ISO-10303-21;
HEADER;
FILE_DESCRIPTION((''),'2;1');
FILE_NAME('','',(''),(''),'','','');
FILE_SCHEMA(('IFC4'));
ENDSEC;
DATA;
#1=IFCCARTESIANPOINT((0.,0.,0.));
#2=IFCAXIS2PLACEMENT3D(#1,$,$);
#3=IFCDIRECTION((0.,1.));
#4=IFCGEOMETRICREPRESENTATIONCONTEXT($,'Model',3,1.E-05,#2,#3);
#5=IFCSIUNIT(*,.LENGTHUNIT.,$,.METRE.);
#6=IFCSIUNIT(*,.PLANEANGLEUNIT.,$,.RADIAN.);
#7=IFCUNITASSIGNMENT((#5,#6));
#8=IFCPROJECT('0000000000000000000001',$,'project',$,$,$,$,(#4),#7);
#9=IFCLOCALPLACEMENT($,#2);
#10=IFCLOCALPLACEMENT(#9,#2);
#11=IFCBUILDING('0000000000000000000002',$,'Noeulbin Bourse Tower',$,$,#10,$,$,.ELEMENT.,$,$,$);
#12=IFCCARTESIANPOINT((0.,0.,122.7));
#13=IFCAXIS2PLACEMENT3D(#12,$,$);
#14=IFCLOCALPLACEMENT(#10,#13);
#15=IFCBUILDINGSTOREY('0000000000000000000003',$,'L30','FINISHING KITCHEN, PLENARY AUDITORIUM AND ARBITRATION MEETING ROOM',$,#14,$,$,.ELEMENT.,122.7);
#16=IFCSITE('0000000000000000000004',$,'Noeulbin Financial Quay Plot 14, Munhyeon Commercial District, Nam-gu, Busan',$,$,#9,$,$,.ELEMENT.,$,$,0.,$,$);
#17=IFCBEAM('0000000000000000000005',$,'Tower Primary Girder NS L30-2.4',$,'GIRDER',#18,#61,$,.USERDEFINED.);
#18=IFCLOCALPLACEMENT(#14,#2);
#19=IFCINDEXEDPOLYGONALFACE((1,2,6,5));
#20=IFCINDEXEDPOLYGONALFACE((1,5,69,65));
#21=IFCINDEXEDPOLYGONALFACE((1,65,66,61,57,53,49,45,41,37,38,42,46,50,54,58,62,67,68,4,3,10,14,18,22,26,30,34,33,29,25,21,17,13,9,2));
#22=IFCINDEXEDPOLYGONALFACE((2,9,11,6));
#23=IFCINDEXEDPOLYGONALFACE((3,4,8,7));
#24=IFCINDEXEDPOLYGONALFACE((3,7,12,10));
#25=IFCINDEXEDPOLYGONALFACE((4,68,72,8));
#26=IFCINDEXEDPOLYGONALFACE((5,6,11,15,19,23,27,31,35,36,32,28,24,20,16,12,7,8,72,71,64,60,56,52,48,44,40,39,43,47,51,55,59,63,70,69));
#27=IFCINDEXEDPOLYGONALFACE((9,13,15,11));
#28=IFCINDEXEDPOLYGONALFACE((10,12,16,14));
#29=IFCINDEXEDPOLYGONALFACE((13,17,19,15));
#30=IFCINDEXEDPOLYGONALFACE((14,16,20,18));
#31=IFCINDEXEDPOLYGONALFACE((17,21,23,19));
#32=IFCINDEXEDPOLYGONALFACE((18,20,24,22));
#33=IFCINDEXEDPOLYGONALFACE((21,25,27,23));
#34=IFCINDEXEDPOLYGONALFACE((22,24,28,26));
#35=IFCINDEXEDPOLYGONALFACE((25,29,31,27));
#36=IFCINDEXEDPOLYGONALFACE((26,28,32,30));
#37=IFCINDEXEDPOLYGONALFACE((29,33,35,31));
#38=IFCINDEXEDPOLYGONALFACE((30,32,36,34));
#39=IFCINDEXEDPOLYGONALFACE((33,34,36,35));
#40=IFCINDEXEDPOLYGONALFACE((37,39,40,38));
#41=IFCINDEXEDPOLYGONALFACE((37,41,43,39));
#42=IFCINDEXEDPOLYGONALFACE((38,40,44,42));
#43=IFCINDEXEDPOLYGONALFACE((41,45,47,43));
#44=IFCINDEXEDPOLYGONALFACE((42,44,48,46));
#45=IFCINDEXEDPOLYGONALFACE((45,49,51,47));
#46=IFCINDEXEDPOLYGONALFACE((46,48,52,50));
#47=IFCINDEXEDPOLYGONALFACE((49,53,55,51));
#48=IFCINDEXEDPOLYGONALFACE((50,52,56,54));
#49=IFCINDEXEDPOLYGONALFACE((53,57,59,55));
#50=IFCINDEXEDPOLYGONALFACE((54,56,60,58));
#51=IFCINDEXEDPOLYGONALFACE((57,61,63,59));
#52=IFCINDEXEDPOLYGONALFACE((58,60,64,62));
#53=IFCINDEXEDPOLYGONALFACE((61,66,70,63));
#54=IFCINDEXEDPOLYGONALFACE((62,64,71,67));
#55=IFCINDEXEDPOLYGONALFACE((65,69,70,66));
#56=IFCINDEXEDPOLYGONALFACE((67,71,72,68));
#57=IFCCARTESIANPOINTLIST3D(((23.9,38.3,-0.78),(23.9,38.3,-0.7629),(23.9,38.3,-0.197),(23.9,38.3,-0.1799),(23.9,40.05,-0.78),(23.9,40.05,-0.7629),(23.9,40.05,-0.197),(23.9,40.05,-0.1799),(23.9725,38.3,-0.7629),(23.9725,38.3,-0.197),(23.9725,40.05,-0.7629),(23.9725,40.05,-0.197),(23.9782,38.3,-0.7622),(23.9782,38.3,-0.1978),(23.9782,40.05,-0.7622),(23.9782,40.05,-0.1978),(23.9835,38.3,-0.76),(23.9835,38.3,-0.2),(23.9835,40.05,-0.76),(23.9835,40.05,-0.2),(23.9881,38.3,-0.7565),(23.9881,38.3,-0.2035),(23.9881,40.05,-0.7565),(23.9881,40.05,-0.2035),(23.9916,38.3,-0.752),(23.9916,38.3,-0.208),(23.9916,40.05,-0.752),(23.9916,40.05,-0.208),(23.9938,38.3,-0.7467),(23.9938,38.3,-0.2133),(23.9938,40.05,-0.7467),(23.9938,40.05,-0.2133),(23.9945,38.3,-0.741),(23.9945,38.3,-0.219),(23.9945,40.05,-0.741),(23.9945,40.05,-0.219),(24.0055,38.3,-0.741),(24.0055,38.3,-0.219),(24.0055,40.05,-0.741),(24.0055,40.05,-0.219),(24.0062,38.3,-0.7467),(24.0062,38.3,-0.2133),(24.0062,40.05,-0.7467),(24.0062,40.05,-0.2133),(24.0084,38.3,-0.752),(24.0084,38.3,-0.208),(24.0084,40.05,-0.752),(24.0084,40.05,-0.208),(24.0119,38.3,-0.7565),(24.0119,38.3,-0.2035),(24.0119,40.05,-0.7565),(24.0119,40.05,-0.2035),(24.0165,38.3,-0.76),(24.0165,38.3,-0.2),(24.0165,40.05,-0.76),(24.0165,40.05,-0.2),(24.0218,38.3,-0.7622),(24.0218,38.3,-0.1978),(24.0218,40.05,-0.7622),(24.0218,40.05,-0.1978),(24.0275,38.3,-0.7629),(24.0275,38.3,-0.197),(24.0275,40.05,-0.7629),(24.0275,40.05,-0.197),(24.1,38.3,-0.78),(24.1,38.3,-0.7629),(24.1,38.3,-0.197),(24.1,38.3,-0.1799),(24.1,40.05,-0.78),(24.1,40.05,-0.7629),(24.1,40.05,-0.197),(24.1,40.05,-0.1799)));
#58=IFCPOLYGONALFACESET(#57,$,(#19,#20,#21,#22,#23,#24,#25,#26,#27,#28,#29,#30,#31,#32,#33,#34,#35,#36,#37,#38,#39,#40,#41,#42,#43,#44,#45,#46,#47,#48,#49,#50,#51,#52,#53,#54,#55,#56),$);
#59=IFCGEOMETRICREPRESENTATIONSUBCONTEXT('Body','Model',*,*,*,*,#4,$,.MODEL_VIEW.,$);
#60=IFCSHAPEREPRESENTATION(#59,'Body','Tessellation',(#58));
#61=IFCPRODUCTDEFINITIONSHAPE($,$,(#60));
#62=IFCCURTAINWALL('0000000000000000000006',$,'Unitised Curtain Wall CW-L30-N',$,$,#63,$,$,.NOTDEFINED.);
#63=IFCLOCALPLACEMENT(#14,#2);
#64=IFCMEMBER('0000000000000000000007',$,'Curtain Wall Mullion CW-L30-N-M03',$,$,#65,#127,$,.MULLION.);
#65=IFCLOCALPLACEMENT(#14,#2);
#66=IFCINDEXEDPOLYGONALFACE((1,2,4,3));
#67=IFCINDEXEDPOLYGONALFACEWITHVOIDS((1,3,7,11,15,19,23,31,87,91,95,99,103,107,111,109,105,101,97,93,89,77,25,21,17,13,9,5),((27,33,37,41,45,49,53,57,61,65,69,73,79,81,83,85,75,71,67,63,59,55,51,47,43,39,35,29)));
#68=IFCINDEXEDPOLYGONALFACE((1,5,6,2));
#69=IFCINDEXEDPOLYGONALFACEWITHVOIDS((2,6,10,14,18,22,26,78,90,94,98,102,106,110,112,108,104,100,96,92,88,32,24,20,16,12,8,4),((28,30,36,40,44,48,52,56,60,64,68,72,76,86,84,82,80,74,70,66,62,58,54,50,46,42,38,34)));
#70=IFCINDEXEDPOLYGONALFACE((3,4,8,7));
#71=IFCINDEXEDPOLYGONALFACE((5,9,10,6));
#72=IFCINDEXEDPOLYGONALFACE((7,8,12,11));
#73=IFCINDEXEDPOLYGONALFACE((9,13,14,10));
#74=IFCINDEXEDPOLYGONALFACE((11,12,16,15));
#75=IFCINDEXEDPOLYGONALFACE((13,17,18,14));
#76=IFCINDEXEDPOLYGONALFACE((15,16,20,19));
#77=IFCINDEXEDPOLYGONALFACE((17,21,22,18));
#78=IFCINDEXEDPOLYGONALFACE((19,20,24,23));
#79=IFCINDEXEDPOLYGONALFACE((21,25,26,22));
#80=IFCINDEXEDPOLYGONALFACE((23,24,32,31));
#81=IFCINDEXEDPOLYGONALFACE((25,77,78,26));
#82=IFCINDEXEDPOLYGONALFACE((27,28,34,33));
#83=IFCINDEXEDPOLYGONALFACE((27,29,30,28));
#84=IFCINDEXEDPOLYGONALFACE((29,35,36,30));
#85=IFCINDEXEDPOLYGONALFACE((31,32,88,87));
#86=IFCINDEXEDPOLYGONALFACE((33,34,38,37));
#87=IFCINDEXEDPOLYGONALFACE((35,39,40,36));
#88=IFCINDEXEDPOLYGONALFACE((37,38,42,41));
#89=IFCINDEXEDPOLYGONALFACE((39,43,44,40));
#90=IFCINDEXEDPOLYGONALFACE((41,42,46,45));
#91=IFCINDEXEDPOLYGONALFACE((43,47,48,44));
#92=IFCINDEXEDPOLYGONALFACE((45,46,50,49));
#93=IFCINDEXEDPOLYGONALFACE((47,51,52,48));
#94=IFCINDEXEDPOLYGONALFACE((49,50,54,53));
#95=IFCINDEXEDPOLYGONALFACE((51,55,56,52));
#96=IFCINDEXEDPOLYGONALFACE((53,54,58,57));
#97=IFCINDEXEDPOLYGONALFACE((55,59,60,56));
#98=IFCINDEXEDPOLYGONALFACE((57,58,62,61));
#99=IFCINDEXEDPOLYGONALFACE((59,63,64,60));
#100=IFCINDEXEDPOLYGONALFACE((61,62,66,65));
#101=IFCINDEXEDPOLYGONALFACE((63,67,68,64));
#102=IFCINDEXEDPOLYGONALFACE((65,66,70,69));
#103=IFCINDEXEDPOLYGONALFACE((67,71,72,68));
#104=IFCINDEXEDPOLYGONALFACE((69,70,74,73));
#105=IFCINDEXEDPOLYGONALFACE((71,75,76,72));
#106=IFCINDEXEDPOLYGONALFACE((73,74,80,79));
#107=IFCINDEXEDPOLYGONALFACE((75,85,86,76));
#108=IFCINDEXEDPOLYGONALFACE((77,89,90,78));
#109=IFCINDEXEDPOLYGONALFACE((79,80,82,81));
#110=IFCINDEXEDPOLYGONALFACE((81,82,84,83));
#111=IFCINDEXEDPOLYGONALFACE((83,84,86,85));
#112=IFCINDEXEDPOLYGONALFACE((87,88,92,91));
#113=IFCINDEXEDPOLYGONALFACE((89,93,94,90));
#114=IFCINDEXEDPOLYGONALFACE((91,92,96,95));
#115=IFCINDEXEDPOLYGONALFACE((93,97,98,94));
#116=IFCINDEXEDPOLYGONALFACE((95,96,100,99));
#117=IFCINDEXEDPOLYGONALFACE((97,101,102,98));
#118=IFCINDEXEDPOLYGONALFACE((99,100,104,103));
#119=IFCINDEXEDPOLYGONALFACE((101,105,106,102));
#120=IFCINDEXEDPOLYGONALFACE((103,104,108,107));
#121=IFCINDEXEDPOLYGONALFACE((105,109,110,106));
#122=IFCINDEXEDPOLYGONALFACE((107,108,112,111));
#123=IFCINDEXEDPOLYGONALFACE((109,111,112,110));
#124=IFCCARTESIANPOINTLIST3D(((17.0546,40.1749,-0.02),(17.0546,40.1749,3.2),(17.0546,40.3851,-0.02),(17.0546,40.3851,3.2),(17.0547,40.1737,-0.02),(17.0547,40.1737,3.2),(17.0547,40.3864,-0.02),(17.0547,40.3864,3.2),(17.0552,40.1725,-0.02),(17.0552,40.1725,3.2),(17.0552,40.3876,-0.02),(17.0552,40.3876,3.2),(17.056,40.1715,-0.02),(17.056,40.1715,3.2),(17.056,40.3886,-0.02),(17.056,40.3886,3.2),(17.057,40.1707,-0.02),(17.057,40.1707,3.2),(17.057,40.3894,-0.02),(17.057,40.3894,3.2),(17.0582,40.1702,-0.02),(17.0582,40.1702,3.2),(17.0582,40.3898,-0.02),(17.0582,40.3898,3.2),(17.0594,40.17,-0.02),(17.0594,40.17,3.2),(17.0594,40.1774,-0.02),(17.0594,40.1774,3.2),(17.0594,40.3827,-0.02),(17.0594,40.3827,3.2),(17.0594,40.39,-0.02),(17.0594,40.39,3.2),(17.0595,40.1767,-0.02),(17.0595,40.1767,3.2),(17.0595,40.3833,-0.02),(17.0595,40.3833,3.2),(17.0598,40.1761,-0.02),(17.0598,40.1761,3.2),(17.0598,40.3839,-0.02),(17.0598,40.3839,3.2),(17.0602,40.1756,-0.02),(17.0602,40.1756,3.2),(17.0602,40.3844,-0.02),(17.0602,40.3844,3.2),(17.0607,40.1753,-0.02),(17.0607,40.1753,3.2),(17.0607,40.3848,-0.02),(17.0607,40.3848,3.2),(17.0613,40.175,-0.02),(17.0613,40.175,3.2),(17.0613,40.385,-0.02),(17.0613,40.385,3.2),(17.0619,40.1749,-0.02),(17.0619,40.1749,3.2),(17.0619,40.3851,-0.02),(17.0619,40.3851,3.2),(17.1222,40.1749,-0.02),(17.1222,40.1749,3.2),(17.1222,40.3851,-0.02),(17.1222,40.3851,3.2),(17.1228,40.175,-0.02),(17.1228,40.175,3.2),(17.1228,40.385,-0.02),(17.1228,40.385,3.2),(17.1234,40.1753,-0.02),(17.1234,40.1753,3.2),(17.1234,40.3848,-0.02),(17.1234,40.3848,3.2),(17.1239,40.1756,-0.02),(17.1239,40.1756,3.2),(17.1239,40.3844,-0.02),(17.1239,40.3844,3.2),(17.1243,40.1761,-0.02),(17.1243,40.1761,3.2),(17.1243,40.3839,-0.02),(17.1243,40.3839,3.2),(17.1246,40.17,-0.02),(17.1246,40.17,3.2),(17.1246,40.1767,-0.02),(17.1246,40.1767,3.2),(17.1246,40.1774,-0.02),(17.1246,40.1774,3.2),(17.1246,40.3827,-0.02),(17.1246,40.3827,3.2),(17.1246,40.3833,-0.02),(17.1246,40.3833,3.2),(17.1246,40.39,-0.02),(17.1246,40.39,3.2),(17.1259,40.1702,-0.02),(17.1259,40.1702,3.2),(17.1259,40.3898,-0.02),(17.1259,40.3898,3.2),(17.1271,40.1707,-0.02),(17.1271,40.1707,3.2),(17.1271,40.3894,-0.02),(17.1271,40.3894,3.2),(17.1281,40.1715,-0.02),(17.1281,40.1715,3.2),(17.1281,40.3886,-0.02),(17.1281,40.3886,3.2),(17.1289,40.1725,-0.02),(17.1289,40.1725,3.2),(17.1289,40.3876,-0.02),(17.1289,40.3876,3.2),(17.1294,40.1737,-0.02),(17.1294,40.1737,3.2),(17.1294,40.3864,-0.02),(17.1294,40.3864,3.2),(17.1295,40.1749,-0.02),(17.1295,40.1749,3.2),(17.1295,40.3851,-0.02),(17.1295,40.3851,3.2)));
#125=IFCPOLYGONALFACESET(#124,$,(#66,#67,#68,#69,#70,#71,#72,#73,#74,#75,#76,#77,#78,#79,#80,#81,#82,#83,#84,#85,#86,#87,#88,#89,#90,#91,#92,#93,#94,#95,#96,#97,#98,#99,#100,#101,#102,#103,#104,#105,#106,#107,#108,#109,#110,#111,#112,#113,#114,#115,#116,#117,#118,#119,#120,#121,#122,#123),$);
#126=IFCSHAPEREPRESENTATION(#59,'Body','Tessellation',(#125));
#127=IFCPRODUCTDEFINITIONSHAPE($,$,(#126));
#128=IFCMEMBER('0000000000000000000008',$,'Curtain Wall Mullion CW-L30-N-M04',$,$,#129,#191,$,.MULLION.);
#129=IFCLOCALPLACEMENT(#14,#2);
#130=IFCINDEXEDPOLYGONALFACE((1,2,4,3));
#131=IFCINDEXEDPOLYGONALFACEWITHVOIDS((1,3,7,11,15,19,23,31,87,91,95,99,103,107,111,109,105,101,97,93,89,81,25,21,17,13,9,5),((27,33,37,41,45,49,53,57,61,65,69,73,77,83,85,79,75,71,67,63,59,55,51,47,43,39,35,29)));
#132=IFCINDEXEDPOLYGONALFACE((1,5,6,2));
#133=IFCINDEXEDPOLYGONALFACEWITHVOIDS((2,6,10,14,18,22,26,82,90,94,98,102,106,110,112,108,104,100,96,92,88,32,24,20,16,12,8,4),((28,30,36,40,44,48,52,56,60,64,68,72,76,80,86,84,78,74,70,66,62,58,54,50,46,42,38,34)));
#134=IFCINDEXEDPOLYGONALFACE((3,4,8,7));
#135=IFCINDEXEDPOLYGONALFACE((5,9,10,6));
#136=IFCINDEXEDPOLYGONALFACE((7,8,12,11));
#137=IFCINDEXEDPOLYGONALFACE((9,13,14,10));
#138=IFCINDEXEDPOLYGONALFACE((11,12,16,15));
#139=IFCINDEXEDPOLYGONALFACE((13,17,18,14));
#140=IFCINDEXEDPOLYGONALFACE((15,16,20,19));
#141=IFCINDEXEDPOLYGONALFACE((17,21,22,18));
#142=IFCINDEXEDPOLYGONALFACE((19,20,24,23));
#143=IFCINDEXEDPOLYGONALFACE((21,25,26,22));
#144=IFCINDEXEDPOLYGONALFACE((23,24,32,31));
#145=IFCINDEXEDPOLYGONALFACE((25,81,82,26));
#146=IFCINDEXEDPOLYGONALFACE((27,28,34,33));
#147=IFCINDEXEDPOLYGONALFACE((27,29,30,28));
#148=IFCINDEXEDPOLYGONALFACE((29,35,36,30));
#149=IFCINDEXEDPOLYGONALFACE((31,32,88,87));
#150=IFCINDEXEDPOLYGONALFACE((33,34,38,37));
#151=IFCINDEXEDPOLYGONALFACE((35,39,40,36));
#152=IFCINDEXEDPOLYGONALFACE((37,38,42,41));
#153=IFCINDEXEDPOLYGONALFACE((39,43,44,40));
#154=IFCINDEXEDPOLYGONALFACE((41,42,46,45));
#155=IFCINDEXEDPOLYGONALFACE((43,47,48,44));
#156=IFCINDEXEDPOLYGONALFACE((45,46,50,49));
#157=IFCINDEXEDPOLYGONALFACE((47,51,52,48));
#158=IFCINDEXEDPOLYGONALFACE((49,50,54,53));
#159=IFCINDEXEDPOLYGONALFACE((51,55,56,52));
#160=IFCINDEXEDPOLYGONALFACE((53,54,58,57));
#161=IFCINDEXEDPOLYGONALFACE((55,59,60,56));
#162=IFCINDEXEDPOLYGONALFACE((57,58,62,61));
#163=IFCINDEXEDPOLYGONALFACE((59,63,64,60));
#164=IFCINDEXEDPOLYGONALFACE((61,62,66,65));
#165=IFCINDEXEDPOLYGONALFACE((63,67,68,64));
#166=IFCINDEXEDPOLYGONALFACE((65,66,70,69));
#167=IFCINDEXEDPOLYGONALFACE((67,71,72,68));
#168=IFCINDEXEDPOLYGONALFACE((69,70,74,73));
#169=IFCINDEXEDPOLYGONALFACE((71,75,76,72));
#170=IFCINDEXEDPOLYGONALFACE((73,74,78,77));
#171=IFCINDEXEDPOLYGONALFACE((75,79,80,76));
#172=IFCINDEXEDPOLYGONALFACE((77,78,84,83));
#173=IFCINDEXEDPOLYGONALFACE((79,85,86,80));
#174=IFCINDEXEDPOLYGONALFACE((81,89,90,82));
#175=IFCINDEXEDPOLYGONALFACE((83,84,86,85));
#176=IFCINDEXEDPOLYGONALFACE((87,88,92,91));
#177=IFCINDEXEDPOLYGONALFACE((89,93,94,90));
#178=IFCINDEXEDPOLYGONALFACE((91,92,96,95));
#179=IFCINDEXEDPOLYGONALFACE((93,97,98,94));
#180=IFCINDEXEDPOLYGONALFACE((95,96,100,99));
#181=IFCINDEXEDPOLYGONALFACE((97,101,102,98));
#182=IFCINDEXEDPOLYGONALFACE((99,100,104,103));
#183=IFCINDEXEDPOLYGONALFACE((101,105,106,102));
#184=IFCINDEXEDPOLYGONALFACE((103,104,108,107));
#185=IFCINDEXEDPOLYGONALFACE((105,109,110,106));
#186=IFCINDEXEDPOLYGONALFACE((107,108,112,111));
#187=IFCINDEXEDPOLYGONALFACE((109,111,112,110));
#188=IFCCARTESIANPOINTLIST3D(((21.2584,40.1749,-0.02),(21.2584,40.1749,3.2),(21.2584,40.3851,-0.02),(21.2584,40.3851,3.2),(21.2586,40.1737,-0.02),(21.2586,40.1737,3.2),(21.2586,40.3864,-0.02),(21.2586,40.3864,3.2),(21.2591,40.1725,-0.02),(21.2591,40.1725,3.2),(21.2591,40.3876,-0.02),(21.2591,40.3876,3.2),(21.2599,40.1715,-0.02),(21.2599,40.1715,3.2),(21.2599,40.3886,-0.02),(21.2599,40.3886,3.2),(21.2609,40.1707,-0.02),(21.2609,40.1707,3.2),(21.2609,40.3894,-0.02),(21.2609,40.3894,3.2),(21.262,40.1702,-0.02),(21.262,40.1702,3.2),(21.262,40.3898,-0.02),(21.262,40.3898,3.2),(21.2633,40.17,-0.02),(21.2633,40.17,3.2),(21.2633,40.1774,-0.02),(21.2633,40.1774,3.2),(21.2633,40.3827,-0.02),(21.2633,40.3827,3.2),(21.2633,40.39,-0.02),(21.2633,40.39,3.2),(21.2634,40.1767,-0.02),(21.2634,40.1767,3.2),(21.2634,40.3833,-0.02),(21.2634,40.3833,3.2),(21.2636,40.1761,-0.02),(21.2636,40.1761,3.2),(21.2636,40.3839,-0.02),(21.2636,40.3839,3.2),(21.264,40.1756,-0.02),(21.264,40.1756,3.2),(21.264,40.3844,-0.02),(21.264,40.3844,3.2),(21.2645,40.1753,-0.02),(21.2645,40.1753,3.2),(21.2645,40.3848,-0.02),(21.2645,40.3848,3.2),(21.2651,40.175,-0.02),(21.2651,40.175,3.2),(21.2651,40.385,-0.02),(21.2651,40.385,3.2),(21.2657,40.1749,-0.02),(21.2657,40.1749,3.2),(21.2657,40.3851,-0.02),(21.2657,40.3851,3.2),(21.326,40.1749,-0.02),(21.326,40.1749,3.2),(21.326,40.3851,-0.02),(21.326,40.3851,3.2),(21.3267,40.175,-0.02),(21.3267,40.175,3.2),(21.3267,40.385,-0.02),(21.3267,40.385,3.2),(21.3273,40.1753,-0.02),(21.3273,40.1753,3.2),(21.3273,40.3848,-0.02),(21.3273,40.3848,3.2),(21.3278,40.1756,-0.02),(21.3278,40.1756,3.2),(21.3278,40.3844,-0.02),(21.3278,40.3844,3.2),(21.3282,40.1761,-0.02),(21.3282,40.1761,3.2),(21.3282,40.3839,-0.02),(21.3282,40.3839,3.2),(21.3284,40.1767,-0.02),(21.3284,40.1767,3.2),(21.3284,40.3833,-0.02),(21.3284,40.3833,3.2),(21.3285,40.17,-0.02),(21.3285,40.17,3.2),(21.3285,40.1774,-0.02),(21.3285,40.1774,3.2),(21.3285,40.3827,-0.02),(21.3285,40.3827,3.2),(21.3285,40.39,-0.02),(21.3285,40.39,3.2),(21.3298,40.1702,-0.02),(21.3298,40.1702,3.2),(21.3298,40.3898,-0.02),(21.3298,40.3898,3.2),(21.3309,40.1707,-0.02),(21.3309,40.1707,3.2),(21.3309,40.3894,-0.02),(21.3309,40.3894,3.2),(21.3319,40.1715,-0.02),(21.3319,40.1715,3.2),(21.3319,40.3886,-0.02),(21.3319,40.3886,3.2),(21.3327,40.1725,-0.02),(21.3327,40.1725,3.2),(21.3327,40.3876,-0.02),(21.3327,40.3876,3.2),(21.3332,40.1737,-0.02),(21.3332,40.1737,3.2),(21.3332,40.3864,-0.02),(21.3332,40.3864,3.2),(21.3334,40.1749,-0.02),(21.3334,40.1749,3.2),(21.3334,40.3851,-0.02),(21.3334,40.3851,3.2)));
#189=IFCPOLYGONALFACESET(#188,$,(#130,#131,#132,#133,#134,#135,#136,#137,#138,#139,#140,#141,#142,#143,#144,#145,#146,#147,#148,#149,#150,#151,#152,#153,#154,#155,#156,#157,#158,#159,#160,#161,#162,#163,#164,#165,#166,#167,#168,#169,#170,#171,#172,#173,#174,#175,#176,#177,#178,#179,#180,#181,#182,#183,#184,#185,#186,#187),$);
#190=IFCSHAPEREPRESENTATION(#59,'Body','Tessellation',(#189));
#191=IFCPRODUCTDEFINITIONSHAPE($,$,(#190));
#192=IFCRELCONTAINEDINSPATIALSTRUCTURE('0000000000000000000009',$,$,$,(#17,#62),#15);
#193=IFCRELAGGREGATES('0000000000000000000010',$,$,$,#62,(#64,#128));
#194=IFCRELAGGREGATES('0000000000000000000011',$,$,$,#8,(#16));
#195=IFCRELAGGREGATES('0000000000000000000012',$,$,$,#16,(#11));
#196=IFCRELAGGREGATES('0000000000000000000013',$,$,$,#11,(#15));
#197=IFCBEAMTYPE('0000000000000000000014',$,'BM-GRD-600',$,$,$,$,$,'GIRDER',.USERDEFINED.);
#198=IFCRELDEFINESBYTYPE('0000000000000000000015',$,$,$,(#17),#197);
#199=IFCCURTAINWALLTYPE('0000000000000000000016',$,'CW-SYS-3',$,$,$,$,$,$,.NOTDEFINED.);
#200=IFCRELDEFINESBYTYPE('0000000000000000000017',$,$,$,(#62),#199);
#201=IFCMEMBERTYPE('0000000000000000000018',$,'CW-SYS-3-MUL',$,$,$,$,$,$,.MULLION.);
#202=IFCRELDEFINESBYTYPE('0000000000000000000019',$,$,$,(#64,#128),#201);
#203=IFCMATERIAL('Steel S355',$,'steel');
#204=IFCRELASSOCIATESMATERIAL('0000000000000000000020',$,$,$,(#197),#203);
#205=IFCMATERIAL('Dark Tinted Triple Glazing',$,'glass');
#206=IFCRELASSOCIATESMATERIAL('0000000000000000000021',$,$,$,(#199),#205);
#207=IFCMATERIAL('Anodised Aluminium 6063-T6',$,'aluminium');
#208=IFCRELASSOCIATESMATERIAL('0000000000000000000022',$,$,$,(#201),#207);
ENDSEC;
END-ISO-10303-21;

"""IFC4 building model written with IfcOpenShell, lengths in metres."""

from ifc_helpers import new_model, si_unit, direction, frame, origin, origin_2d, place, context, subcontext, project, spatial, hollow_rectangle, i_section, extrude, material, material_profile, profile_set, type_object, element, aggregate, save


model = new_model("IFC4")

# Units and contexts
model_context = context("Model", 3, precision=1e-05, world=origin(), true_north=direction((0.0, 1.0)))
body_context = subcontext(model_context, "Body", "Model", "MODEL_VIEW")
ifc_project = project(units=[si_unit("LENGTHUNIT", "METRE"), si_unit("PLANEANGLEUNIT", "RADIAN")], contexts=[model_context])

# Site, building, storey
site_placement = place(None, origin())
site = spatial("IfcSite", under=ifc_project, at=site_placement, Name="Noeulbin Financial Quay Plot 14, Munhyeon Commercial District, Nam-gu, Busan", CompositionType="ELEMENT", RefElevation=0.0)
building_placement = place(site_placement, origin())
building = spatial("IfcBuilding", under=site, at=building_placement, Name="Noeulbin Bourse Tower", CompositionType="ELEMENT")
storey_placement = place(building_placement, frame((0.0, 0.0, 122.7)))
storey = spatial("IfcBuildingStorey", under=building, at=storey_placement, Name="L30", Description="FINISHING KITCHEN, PLENARY AUDITORIUM AND ARBITRATION MEETING ROOM", CompositionType="ELEMENT", Elevation=122.7)

# Beam
ifc_material_1 = material(Name="Steel S355", Category="steel")
ifc_material_profile_1 = material_profile(ifc_material_1, i_section(OverallWidth=0.2, OverallDepth=0.6001, WebThickness=0.011, FlangeThickness=0.0171, FilletRadius=0.022, at=origin_2d()), Name="H-600x200x11x17", Category="LoadBearing")
ifc_profile_set_1 = profile_set([ifc_material_profile_1], Name="Steel S355")
beam_type = type_object("IfcBeamType", Name="BM-GRD-600", ElementType="GIRDER", PredefinedType="USERDEFINED", material=ifc_profile_set_1)
for number, where, z_axis, x_axis, name in (
    (1, (24.0, 38.3, -0.48), (0.0, 1.0, 0.0), (-1.0, 0.0, 0.0), "Tower Primary Girder NS L30-2.4"),
):
    element("IfcBeam", number, at=place(storey_placement, frame(where, z_axis=z_axis, x_axis=x_axis)), inside=storey, type_object=beam_type, Name=name, ObjectType="GIRDER", PredefinedType="USERDEFINED", context=body_context, shape_type="SweptSolid", body=[
        extrude(i_section(OverallWidth=0.2, OverallDepth=0.6001, WebThickness=0.011, FlangeThickness=0.0171, FilletRadius=0.022, at=origin_2d()), origin(), (0.0, 0.0, 1.0), 1.75),
    ])

# Curtain wall, members
ifc_material_2 = material(Name="Dark Tinted Triple Glazing", Category="glass")
curtain_wall_type = type_object("IfcCurtainWallType", Name="CW-SYS-3", PredefinedType="NOTDEFINED", material=ifc_material_2)
curtain_wall_placement = place(storey_placement, origin())
curtain_wall = element("IfcCurtainWall", 2, at=curtain_wall_placement, inside=storey, type_object=curtain_wall_type, Name="Unitised Curtain Wall CW-L30-N", PredefinedType="NOTDEFINED")
ifc_material_3 = material(Name="Anodised Aluminium 6063-T6", Category="aluminium")
ifc_material_profile_2 = material_profile(ifc_material_3, hollow_rectangle(XDim=0.075, YDim=0.22, WallThickness=0.0049, InnerFilletRadius=0.0024, OuterFilletRadius=0.0049, at=origin_2d()), Name="ALU-MULL-75x220x5", Category="LoadBearing")
ifc_profile_set_2 = profile_set([ifc_material_profile_2], Name="Anodised Aluminium 6063-T6")
member_type = type_object("IfcMemberType", Name="CW-SYS-3-MUL", PredefinedType="MULLION", material=ifc_profile_set_2)
member_1_placement = place(storey_placement, frame((17.092, 40.28, -0.02), z_axis=(0.0, 0.0, 1.0), x_axis=(1.0, 0.0, 0.0)))
member_1 = element("IfcMember", 3, at=member_1_placement, type_object=member_type, Name="Curtain Wall Mullion CW-L30-N-M03", PredefinedType="MULLION", context=body_context, shape_type="SweptSolid", body=[
    extrude(hollow_rectangle(XDim=0.075, YDim=0.22, WallThickness=0.0049, InnerFilletRadius=0.0024, OuterFilletRadius=0.0049, at=origin_2d()), origin(), (0.0, 0.0, 1.0), 3.22),
])
member_2_placement = place(storey_placement, frame((21.2959, 40.28, -0.02), z_axis=(0.0, 0.0, 1.0), x_axis=(1.0, 0.0, 0.0)))
member_2 = element("IfcMember", 4, at=member_2_placement, type_object=member_type, Name="Curtain Wall Mullion CW-L30-N-M04", PredefinedType="MULLION", context=body_context, shape_type="SweptSolid", body=[
    extrude(hollow_rectangle(XDim=0.075, YDim=0.22, WallThickness=0.0049, InnerFilletRadius=0.0024, OuterFilletRadius=0.0049, at=origin_2d()), origin(), (0.0, 0.0, 1.0), 3.22),
])
aggregate(curtain_wall, [member_1, member_2])

save(model, "model.ifc")
